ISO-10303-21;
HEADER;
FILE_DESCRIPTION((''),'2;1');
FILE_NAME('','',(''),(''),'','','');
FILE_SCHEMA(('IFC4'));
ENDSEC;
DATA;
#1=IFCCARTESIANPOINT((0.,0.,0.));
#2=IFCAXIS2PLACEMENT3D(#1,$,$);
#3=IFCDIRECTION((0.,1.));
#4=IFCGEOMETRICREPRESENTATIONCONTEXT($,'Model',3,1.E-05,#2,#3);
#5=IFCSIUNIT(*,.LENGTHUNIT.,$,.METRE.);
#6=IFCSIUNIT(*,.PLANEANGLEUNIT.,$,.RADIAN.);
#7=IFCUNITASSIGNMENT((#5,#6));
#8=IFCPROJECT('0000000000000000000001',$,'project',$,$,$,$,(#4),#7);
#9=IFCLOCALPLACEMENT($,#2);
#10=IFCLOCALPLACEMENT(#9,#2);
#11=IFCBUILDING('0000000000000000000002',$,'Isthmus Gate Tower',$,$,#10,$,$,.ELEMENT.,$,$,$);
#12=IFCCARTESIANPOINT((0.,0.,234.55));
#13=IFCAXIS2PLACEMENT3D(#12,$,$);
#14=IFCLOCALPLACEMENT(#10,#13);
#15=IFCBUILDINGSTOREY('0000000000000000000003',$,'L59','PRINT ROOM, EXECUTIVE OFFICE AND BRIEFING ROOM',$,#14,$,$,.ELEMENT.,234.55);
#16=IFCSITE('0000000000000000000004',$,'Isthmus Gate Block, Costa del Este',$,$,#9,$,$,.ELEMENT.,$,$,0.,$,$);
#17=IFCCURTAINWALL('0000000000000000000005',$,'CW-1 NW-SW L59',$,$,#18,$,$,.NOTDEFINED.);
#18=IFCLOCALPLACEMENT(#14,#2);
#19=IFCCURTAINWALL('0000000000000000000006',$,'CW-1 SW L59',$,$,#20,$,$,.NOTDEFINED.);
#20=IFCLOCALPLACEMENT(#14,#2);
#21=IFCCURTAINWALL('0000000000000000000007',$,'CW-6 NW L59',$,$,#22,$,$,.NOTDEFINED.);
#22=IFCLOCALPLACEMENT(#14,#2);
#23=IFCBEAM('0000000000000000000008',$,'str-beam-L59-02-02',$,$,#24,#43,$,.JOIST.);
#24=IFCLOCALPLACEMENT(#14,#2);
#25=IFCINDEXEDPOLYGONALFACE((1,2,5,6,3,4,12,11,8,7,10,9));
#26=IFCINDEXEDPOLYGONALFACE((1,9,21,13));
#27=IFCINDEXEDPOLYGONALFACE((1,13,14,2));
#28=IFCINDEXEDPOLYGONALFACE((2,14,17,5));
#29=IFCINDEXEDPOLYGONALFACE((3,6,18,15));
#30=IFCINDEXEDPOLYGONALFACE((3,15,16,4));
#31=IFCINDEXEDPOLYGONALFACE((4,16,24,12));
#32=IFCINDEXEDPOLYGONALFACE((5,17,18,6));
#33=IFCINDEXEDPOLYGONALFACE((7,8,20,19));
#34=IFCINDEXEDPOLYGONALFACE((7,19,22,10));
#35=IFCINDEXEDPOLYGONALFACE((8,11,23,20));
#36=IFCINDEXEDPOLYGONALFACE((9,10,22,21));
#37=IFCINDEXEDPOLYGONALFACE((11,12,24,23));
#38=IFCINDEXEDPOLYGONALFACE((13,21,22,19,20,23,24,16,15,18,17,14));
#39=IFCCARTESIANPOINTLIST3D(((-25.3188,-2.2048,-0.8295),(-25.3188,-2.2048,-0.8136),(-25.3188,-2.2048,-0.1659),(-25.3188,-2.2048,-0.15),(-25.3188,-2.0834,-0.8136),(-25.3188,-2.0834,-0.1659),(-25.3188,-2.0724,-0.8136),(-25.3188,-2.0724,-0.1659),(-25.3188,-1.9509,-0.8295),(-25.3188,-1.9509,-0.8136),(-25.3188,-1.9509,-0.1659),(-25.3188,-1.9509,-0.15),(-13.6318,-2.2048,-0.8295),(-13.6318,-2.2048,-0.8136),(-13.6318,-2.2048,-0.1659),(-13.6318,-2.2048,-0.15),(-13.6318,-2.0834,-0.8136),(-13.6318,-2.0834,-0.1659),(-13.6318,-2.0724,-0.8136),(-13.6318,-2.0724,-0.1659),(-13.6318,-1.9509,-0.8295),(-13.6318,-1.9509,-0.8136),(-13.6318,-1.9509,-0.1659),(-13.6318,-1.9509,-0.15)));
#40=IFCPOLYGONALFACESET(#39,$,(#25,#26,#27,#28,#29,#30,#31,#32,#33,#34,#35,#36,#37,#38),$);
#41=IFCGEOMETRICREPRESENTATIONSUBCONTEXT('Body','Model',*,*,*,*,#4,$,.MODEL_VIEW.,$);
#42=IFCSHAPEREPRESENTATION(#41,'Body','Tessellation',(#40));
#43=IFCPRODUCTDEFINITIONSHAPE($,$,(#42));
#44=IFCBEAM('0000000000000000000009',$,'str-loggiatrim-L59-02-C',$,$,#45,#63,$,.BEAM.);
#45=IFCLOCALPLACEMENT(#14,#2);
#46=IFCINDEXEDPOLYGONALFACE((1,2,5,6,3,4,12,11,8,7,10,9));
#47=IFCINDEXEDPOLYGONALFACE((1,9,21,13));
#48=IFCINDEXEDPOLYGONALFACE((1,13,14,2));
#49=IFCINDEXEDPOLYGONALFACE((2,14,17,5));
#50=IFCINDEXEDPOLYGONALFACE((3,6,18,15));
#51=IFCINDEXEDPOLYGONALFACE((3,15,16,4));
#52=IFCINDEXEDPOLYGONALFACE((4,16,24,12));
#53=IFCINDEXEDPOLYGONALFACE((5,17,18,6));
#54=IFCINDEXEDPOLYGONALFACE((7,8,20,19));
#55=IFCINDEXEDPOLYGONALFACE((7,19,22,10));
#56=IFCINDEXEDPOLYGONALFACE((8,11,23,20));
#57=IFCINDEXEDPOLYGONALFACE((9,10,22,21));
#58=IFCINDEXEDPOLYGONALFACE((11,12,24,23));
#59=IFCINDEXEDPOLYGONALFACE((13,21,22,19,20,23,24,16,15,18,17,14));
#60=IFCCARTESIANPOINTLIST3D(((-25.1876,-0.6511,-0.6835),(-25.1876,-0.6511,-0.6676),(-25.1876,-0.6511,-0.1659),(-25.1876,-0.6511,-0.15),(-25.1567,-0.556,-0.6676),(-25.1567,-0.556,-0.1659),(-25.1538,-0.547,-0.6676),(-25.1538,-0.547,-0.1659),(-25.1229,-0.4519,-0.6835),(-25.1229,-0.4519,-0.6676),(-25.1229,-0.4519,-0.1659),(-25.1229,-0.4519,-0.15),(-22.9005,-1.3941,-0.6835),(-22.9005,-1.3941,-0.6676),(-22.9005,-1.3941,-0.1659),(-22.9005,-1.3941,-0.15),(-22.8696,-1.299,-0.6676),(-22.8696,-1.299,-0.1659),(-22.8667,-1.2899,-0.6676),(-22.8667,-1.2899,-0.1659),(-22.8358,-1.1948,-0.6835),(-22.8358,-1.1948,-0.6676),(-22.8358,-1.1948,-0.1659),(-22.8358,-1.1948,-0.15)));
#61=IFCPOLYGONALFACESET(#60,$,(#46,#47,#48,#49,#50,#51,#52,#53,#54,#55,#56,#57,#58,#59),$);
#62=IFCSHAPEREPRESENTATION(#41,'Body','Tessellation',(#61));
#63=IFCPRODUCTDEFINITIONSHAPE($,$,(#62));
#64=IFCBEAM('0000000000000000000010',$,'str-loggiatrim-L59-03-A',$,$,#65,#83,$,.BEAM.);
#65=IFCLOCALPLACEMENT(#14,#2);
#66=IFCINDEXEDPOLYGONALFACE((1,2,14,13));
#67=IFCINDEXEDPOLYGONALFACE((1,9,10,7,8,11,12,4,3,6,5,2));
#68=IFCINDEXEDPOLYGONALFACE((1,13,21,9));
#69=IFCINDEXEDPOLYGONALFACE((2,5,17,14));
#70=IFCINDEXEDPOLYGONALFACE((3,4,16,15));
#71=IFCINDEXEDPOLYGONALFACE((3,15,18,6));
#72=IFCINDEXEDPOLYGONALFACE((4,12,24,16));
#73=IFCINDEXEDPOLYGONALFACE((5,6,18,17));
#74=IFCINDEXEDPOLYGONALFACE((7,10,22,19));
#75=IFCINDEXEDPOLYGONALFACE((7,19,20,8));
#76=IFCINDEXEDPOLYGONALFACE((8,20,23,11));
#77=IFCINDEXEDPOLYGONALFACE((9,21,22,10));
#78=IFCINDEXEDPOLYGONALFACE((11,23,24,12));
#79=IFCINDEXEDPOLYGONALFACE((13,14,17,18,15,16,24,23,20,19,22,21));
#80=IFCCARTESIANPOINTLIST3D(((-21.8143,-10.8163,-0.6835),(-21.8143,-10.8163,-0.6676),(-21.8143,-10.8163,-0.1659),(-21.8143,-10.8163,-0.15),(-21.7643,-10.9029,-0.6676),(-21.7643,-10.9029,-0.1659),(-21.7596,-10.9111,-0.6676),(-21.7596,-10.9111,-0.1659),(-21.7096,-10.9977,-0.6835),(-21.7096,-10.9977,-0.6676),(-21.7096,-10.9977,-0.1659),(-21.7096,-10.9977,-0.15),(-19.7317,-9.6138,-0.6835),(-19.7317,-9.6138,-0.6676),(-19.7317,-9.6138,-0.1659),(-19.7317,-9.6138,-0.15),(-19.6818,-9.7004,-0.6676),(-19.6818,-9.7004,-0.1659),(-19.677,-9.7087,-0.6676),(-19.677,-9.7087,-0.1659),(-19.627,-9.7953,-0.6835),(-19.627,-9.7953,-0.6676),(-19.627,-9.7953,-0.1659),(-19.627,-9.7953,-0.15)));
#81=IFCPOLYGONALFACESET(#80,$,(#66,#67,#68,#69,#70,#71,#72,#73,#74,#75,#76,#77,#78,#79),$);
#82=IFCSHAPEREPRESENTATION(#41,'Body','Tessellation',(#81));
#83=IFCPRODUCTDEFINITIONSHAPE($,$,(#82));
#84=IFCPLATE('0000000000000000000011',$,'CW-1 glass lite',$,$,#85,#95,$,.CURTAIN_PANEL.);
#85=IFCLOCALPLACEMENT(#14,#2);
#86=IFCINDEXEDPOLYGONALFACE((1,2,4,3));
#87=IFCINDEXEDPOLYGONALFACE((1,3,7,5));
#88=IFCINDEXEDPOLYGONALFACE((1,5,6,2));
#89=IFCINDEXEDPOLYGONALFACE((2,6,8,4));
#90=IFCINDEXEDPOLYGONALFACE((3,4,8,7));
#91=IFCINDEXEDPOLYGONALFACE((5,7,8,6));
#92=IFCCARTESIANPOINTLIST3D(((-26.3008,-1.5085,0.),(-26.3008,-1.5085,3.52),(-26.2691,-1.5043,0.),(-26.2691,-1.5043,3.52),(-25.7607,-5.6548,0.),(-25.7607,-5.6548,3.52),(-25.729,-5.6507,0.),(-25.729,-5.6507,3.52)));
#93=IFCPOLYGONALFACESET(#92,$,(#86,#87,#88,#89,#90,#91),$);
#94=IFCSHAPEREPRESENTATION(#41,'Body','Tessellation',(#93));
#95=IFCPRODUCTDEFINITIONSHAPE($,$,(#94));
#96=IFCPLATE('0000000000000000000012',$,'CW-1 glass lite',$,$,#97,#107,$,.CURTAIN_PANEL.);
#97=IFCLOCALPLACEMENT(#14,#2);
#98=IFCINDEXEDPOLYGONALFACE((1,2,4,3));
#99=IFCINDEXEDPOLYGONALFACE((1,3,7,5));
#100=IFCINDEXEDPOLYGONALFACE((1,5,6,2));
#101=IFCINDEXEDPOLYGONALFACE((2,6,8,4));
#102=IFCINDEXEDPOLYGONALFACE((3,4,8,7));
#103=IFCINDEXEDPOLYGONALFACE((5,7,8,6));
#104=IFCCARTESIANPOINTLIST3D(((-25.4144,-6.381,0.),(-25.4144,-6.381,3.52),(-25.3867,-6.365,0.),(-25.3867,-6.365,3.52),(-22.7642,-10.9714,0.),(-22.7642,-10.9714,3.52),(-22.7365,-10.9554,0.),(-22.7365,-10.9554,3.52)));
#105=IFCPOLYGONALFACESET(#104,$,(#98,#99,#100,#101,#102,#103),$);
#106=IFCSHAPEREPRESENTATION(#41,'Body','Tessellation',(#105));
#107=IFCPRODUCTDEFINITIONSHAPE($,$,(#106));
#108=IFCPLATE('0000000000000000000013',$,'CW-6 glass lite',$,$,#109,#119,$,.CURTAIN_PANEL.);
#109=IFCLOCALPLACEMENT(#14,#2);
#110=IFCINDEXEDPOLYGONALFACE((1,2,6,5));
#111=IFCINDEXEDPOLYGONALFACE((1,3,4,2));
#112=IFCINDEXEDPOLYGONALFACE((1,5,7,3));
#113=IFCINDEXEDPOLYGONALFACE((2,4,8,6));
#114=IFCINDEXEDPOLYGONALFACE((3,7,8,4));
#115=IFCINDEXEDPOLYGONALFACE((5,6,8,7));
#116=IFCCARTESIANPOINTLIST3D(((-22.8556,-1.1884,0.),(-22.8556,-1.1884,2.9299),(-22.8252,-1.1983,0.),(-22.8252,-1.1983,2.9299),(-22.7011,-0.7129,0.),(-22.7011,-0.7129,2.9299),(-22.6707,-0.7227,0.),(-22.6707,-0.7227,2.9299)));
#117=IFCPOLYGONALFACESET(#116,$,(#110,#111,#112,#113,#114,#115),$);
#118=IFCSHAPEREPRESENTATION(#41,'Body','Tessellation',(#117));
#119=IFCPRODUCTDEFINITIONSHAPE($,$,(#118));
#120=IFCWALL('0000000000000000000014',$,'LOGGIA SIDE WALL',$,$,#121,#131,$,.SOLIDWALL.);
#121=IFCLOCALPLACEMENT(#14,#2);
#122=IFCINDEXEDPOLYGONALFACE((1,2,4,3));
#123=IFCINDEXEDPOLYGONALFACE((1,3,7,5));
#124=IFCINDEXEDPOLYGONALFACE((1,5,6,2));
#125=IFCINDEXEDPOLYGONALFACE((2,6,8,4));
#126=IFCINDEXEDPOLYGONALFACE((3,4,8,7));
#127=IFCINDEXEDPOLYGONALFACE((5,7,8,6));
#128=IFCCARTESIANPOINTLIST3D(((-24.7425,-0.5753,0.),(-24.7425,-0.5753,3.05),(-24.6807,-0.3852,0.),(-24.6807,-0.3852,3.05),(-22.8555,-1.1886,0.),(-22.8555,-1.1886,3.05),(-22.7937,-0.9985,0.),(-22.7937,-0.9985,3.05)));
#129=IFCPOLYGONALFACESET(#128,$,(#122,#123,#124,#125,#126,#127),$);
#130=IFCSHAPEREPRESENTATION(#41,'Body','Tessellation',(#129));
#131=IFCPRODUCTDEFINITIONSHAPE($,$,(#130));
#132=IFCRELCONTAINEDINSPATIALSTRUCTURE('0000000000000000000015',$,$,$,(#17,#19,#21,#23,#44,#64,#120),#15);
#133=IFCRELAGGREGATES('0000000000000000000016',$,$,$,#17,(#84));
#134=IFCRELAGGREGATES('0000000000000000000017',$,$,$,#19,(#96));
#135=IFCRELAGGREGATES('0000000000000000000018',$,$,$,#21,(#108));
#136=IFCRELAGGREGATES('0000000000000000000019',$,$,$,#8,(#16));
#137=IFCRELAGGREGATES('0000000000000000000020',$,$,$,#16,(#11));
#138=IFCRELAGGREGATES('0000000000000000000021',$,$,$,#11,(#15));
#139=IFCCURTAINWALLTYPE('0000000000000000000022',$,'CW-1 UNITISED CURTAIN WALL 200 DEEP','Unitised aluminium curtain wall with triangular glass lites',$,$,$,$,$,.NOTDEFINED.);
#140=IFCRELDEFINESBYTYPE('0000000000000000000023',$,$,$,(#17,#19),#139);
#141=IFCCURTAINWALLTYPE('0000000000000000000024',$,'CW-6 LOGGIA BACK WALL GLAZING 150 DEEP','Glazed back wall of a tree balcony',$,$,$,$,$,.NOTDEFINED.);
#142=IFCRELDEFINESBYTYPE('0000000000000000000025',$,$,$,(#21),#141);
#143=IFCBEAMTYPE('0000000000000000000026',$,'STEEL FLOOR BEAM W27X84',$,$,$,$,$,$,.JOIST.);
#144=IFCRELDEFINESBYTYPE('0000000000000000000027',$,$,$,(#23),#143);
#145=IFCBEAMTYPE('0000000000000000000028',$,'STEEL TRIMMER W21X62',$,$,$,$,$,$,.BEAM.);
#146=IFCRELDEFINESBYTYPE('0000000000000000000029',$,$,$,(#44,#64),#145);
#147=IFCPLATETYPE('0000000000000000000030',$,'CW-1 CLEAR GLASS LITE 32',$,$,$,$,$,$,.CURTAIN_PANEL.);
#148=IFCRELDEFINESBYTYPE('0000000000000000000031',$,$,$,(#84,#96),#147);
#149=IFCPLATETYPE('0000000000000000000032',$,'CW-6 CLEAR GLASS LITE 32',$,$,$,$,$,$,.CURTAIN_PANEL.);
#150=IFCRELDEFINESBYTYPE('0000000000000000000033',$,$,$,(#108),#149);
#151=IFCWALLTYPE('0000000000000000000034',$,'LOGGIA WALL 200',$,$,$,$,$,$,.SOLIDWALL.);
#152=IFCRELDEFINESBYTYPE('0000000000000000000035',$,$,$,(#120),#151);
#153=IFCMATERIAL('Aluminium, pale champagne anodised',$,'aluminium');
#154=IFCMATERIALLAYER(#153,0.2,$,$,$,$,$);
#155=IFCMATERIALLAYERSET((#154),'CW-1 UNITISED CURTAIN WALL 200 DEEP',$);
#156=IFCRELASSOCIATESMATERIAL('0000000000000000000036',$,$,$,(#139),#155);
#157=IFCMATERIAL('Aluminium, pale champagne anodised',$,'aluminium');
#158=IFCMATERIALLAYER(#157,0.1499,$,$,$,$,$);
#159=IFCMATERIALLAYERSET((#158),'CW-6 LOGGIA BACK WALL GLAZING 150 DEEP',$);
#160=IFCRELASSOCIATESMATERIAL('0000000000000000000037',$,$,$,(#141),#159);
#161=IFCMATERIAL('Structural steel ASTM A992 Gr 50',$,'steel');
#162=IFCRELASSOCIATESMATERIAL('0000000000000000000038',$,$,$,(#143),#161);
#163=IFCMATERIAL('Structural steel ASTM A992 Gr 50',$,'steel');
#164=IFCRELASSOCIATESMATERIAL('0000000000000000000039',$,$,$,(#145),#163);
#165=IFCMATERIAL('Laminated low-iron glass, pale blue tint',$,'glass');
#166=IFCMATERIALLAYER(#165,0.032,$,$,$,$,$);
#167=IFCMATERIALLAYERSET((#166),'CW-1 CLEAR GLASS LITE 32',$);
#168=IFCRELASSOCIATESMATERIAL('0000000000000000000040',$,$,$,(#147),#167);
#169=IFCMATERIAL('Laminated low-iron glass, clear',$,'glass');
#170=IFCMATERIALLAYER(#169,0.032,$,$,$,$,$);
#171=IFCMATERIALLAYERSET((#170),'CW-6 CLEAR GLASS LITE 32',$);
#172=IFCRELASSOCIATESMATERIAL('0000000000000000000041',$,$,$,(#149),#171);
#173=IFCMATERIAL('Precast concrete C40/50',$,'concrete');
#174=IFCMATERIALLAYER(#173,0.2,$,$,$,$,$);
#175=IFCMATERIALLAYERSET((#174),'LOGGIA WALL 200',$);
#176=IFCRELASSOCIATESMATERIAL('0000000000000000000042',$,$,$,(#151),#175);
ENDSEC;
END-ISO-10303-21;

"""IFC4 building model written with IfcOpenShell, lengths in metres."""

from ifc_helpers import new_model, si_unit, direction, frame, frame_2d, origin, origin_2d, place, context, subcontext, project, spatial, rectangle, i_section, extrude, material, layer, layer_set, material_profile, profile_set, type_object, element, aggregate, save


model = new_model("IFC4")

# Units and contexts
model_context = context("Model", 3, precision=1e-05, world=origin(), true_north=direction((0.0, 1.0)))
body_context = subcontext(model_context, "Body", "Model", "MODEL_VIEW")
ifc_project = project(units=[si_unit("LENGTHUNIT", "METRE"), si_unit("PLANEANGLEUNIT", "RADIAN")], contexts=[model_context])

# Site, building, storey
site_placement = place(None, origin())
site = spatial("IfcSite", under=ifc_project, at=site_placement, Name="Isthmus Gate Block, Costa del Este", CompositionType="ELEMENT", RefElevation=0.0)
building_placement = place(site_placement, origin())
building = spatial("IfcBuilding", under=site, at=building_placement, Name="Isthmus Gate Tower", CompositionType="ELEMENT")
storey_placement = place(building_placement, frame((0.0, 0.0, 234.55)))
storey = spatial("IfcBuildingStorey", under=building, at=storey_placement, Name="L59", Description="PRINT ROOM, EXECUTIVE OFFICE AND BRIEFING ROOM", CompositionType="ELEMENT", Elevation=234.55)

# Curtain walls
ifc_material_1 = material(Name="Aluminium, pale champagne anodised", Category="aluminium")
ifc_layer_1 = layer(ifc_material_1, 0.2)
ifc_layer_set_1 = layer_set([ifc_layer_1], Name="CW-1 UNITISED CURTAIN WALL 200 DEEP")
curtain_wall_type_1 = type_object("IfcCurtainWallType", Name="CW-1 UNITISED CURTAIN WALL 200 DEEP", Description="Unitised aluminium curtain wall with triangular glass lites", PredefinedType="NOTDEFINED", material=ifc_layer_set_1)
curtain_wall_1_placement = place(storey_placement, origin())
curtain_wall_1 = element("IfcCurtainWall", 1, at=curtain_wall_1_placement, inside=storey, type_object=curtain_wall_type_1, Name="CW-1 NW-SW L59", PredefinedType="NOTDEFINED")
curtain_wall_2_placement = place(storey_placement, origin())
curtain_wall_2 = element("IfcCurtainWall", 2, at=curtain_wall_2_placement, inside=storey, type_object=curtain_wall_type_1, Name="CW-1 SW L59", PredefinedType="NOTDEFINED")

# Curtain wall
ifc_material_2 = material(Name="Aluminium, pale champagne anodised", Category="aluminium")
ifc_layer_2 = layer(ifc_material_2, 0.1499)
ifc_layer_set_2 = layer_set([ifc_layer_2], Name="CW-6 LOGGIA BACK WALL GLAZING 150 DEEP")
curtain_wall_type_2 = type_object("IfcCurtainWallType", Name="CW-6 LOGGIA BACK WALL GLAZING 150 DEEP", Description="Glazed back wall of a tree balcony", PredefinedType="NOTDEFINED", material=ifc_layer_set_2)
curtain_wall_3_placement = place(storey_placement, origin())
curtain_wall_3 = element("IfcCurtainWall", 3, at=curtain_wall_3_placement, inside=storey, type_object=curtain_wall_type_2, Name="CW-6 NW L59", PredefinedType="NOTDEFINED")

# Beams
ifc_material_3 = material(Name="Structural steel ASTM A992 Gr 50", Category="steel")
ifc_material_profile_1 = material_profile(ifc_material_3, i_section(OverallWidth=0.2539, OverallDepth=0.6794, WebThickness=0.011, FlangeThickness=0.0159, at=origin_2d()), Name="W27X84")
ifc_profile_set_1 = profile_set([ifc_material_profile_1], Name="Structural steel ASTM A992 Gr 50")
beam_type_1 = type_object("IfcBeamType", Name="STEEL FLOOR BEAM W27X84", PredefinedType="JOIST", material=ifc_profile_set_1)
beam_1_placement = place(storey_placement, frame((-25.3188, -2.0779, -0.4897), z_axis=(1.0, 0.0, 0.0), x_axis=(0.0, 1.0, 0.0)))
element("IfcBeam", 4, at=beam_1_placement, inside=storey, type_object=beam_type_1, Name="str-beam-L59-02-02", PredefinedType="JOIST", context=body_context, shape_type="SweptSolid", body=[
    extrude(i_section(OverallWidth=0.2539, OverallDepth=0.6794, WebThickness=0.011, FlangeThickness=0.0159, at=origin_2d()), origin(), (0.0, 0.0, 1.0), 11.687),
])
ifc_material_4 = material(Name="Structural steel ASTM A992 Gr 50", Category="steel")
ifc_material_profile_2 = material_profile(ifc_material_4, i_section(OverallWidth=0.2095, OverallDepth=0.5334, WebThickness=0.0095, FlangeThickness=0.0159, at=origin_2d()), Name="W21X62")
ifc_profile_set_2 = profile_set([ifc_material_profile_2], Name="Structural steel ASTM A992 Gr 50")
beam_type_2 = type_object("IfcBeamType", Name="STEEL TRIMMER W21X62", PredefinedType="BEAM", material=ifc_profile_set_2)
for number, where, z_axis, x_axis, name in (
    (5, (-25.1553, -0.5515, -0.4167), (0.951082, -0.308939, 0.0), (0.308939, 0.951082, 0.0), "str-loggiatrim-L59-02-C"),
    (6, (-21.762, -10.907, -0.4167), (0.866017, 0.500015, 0.0), (-0.500015, 0.866017, 0.0), "str-loggiatrim-L59-03-A"),
):
    element("IfcBeam", number, at=place(storey_placement, frame(where, z_axis=z_axis, x_axis=x_axis)), inside=storey, type_object=beam_type_2, Name=name, PredefinedType="BEAM", context=body_context, shape_type="SweptSolid", body=[
        extrude(i_section(OverallWidth=0.2095, OverallDepth=0.5334, WebThickness=0.0095, FlangeThickness=0.0159, at=origin_2d()), origin(), (0.0, 0.0, 1.0), 2.4048),
    ])

# Plates
ifc_material_5 = material(Name="Laminated low-iron glass, pale blue tint", Category="glass")
ifc_layer_3 = layer(ifc_material_5, 0.032)
ifc_layer_set_3 = layer_set([ifc_layer_3], Name="CW-1 CLEAR GLASS LITE 32")
plate_type_1 = type_object("IfcPlateType", Name="CW-1 CLEAR GLASS LITE 32", PredefinedType="CURTAIN_PANEL", material=ifc_layer_set_3)
plate_1_placement = place(storey_placement, frame((-26.0149, -3.5796, 0.0), z_axis=(0.0, 0.0, 1.0), x_axis=(0.129165, -0.991623, 0.0)))
plate_1 = element("IfcPlate", 7, at=plate_1_placement, type_object=plate_type_1, Name="CW-1 glass lite", PredefinedType="CURTAIN_PANEL", context=body_context, shape_type="SweptSolid", body=[
    extrude(rectangle(XDim=4.1814, YDim=0.032, at=origin_2d()), origin(), (0.0, 0.0, 1.0), 3.52),
])
aggregate(curtain_wall_1, [plate_1])
plate_2_placement = place(storey_placement, frame((-24.0754, -8.6682, 0.0), z_axis=(0.0, 0.0, 1.0), x_axis=(0.5, -0.866025, 0.0)))
plate_2 = element("IfcPlate", 8, at=plate_2_placement, type_object=plate_type_1, Name="CW-1 glass lite", PredefinedType="CURTAIN_PANEL", context=body_context, shape_type="SweptSolid", body=[
    extrude(rectangle(XDim=5.3005, YDim=0.032, at=origin_2d()), origin(), (0.0, 0.0, 1.0), 3.52),
])
aggregate(curtain_wall_2, [plate_2])
ifc_material_6 = material(Name="Laminated low-iron glass, clear", Category="glass")
ifc_layer_4 = layer(ifc_material_6, 0.032)
ifc_layer_set_4 = layer_set([ifc_layer_4], Name="CW-6 CLEAR GLASS LITE 32")
plate_type_2 = type_object("IfcPlateType", Name="CW-6 CLEAR GLASS LITE 32", PredefinedType="CURTAIN_PANEL", material=ifc_layer_set_4)
plate_3_placement = place(storey_placement, frame((-22.7632, -0.9556, 0.0), z_axis=(0.0, 0.0, 1.0), x_axis=(-0.309017, -0.951057, 0.0)))
plate_3 = element("IfcPlate", 9, at=plate_3_placement, type_object=plate_type_2, Name="CW-6 glass lite", PredefinedType="CURTAIN_PANEL", context=body_context, shape_type="SweptSolid", body=[
    extrude(rectangle(XDim=0.5, YDim=0.032, at=origin_2d()), origin(), (0.0, 0.0, 1.0), 2.9299),
])
aggregate(curtain_wall_3, [plate_3])

# Wall
ifc_material_7 = material(Name="Precast concrete C40/50", Category="concrete")
ifc_layer_5 = layer(ifc_material_7, 0.2)
ifc_layer_set_5 = layer_set([ifc_layer_5], Name="LOGGIA WALL 200")
wall_type = type_object("IfcWallType", Name="LOGGIA WALL 200", PredefinedType="SOLIDWALL", material=ifc_layer_set_5)
wall_placement = place(storey_placement, frame((-24.7117, -0.4802, 0.0), z_axis=(0.0, 0.0, 1.0), x_axis=(0.951031, -0.309094, 0.0)))
element("IfcWall", 10, at=wall_placement, inside=storey, type_object=wall_type, Name="LOGGIA SIDE WALL", PredefinedType="SOLIDWALL", context=body_context, shape_type="SweptSolid", body=[
    extrude(rectangle(XDim=1.9841, YDim=0.2, at=frame_2d((0.9922, 0.0))), origin(), (0.0, 0.0, 1.0), 3.05),
])

save(model, "model.ifc")
